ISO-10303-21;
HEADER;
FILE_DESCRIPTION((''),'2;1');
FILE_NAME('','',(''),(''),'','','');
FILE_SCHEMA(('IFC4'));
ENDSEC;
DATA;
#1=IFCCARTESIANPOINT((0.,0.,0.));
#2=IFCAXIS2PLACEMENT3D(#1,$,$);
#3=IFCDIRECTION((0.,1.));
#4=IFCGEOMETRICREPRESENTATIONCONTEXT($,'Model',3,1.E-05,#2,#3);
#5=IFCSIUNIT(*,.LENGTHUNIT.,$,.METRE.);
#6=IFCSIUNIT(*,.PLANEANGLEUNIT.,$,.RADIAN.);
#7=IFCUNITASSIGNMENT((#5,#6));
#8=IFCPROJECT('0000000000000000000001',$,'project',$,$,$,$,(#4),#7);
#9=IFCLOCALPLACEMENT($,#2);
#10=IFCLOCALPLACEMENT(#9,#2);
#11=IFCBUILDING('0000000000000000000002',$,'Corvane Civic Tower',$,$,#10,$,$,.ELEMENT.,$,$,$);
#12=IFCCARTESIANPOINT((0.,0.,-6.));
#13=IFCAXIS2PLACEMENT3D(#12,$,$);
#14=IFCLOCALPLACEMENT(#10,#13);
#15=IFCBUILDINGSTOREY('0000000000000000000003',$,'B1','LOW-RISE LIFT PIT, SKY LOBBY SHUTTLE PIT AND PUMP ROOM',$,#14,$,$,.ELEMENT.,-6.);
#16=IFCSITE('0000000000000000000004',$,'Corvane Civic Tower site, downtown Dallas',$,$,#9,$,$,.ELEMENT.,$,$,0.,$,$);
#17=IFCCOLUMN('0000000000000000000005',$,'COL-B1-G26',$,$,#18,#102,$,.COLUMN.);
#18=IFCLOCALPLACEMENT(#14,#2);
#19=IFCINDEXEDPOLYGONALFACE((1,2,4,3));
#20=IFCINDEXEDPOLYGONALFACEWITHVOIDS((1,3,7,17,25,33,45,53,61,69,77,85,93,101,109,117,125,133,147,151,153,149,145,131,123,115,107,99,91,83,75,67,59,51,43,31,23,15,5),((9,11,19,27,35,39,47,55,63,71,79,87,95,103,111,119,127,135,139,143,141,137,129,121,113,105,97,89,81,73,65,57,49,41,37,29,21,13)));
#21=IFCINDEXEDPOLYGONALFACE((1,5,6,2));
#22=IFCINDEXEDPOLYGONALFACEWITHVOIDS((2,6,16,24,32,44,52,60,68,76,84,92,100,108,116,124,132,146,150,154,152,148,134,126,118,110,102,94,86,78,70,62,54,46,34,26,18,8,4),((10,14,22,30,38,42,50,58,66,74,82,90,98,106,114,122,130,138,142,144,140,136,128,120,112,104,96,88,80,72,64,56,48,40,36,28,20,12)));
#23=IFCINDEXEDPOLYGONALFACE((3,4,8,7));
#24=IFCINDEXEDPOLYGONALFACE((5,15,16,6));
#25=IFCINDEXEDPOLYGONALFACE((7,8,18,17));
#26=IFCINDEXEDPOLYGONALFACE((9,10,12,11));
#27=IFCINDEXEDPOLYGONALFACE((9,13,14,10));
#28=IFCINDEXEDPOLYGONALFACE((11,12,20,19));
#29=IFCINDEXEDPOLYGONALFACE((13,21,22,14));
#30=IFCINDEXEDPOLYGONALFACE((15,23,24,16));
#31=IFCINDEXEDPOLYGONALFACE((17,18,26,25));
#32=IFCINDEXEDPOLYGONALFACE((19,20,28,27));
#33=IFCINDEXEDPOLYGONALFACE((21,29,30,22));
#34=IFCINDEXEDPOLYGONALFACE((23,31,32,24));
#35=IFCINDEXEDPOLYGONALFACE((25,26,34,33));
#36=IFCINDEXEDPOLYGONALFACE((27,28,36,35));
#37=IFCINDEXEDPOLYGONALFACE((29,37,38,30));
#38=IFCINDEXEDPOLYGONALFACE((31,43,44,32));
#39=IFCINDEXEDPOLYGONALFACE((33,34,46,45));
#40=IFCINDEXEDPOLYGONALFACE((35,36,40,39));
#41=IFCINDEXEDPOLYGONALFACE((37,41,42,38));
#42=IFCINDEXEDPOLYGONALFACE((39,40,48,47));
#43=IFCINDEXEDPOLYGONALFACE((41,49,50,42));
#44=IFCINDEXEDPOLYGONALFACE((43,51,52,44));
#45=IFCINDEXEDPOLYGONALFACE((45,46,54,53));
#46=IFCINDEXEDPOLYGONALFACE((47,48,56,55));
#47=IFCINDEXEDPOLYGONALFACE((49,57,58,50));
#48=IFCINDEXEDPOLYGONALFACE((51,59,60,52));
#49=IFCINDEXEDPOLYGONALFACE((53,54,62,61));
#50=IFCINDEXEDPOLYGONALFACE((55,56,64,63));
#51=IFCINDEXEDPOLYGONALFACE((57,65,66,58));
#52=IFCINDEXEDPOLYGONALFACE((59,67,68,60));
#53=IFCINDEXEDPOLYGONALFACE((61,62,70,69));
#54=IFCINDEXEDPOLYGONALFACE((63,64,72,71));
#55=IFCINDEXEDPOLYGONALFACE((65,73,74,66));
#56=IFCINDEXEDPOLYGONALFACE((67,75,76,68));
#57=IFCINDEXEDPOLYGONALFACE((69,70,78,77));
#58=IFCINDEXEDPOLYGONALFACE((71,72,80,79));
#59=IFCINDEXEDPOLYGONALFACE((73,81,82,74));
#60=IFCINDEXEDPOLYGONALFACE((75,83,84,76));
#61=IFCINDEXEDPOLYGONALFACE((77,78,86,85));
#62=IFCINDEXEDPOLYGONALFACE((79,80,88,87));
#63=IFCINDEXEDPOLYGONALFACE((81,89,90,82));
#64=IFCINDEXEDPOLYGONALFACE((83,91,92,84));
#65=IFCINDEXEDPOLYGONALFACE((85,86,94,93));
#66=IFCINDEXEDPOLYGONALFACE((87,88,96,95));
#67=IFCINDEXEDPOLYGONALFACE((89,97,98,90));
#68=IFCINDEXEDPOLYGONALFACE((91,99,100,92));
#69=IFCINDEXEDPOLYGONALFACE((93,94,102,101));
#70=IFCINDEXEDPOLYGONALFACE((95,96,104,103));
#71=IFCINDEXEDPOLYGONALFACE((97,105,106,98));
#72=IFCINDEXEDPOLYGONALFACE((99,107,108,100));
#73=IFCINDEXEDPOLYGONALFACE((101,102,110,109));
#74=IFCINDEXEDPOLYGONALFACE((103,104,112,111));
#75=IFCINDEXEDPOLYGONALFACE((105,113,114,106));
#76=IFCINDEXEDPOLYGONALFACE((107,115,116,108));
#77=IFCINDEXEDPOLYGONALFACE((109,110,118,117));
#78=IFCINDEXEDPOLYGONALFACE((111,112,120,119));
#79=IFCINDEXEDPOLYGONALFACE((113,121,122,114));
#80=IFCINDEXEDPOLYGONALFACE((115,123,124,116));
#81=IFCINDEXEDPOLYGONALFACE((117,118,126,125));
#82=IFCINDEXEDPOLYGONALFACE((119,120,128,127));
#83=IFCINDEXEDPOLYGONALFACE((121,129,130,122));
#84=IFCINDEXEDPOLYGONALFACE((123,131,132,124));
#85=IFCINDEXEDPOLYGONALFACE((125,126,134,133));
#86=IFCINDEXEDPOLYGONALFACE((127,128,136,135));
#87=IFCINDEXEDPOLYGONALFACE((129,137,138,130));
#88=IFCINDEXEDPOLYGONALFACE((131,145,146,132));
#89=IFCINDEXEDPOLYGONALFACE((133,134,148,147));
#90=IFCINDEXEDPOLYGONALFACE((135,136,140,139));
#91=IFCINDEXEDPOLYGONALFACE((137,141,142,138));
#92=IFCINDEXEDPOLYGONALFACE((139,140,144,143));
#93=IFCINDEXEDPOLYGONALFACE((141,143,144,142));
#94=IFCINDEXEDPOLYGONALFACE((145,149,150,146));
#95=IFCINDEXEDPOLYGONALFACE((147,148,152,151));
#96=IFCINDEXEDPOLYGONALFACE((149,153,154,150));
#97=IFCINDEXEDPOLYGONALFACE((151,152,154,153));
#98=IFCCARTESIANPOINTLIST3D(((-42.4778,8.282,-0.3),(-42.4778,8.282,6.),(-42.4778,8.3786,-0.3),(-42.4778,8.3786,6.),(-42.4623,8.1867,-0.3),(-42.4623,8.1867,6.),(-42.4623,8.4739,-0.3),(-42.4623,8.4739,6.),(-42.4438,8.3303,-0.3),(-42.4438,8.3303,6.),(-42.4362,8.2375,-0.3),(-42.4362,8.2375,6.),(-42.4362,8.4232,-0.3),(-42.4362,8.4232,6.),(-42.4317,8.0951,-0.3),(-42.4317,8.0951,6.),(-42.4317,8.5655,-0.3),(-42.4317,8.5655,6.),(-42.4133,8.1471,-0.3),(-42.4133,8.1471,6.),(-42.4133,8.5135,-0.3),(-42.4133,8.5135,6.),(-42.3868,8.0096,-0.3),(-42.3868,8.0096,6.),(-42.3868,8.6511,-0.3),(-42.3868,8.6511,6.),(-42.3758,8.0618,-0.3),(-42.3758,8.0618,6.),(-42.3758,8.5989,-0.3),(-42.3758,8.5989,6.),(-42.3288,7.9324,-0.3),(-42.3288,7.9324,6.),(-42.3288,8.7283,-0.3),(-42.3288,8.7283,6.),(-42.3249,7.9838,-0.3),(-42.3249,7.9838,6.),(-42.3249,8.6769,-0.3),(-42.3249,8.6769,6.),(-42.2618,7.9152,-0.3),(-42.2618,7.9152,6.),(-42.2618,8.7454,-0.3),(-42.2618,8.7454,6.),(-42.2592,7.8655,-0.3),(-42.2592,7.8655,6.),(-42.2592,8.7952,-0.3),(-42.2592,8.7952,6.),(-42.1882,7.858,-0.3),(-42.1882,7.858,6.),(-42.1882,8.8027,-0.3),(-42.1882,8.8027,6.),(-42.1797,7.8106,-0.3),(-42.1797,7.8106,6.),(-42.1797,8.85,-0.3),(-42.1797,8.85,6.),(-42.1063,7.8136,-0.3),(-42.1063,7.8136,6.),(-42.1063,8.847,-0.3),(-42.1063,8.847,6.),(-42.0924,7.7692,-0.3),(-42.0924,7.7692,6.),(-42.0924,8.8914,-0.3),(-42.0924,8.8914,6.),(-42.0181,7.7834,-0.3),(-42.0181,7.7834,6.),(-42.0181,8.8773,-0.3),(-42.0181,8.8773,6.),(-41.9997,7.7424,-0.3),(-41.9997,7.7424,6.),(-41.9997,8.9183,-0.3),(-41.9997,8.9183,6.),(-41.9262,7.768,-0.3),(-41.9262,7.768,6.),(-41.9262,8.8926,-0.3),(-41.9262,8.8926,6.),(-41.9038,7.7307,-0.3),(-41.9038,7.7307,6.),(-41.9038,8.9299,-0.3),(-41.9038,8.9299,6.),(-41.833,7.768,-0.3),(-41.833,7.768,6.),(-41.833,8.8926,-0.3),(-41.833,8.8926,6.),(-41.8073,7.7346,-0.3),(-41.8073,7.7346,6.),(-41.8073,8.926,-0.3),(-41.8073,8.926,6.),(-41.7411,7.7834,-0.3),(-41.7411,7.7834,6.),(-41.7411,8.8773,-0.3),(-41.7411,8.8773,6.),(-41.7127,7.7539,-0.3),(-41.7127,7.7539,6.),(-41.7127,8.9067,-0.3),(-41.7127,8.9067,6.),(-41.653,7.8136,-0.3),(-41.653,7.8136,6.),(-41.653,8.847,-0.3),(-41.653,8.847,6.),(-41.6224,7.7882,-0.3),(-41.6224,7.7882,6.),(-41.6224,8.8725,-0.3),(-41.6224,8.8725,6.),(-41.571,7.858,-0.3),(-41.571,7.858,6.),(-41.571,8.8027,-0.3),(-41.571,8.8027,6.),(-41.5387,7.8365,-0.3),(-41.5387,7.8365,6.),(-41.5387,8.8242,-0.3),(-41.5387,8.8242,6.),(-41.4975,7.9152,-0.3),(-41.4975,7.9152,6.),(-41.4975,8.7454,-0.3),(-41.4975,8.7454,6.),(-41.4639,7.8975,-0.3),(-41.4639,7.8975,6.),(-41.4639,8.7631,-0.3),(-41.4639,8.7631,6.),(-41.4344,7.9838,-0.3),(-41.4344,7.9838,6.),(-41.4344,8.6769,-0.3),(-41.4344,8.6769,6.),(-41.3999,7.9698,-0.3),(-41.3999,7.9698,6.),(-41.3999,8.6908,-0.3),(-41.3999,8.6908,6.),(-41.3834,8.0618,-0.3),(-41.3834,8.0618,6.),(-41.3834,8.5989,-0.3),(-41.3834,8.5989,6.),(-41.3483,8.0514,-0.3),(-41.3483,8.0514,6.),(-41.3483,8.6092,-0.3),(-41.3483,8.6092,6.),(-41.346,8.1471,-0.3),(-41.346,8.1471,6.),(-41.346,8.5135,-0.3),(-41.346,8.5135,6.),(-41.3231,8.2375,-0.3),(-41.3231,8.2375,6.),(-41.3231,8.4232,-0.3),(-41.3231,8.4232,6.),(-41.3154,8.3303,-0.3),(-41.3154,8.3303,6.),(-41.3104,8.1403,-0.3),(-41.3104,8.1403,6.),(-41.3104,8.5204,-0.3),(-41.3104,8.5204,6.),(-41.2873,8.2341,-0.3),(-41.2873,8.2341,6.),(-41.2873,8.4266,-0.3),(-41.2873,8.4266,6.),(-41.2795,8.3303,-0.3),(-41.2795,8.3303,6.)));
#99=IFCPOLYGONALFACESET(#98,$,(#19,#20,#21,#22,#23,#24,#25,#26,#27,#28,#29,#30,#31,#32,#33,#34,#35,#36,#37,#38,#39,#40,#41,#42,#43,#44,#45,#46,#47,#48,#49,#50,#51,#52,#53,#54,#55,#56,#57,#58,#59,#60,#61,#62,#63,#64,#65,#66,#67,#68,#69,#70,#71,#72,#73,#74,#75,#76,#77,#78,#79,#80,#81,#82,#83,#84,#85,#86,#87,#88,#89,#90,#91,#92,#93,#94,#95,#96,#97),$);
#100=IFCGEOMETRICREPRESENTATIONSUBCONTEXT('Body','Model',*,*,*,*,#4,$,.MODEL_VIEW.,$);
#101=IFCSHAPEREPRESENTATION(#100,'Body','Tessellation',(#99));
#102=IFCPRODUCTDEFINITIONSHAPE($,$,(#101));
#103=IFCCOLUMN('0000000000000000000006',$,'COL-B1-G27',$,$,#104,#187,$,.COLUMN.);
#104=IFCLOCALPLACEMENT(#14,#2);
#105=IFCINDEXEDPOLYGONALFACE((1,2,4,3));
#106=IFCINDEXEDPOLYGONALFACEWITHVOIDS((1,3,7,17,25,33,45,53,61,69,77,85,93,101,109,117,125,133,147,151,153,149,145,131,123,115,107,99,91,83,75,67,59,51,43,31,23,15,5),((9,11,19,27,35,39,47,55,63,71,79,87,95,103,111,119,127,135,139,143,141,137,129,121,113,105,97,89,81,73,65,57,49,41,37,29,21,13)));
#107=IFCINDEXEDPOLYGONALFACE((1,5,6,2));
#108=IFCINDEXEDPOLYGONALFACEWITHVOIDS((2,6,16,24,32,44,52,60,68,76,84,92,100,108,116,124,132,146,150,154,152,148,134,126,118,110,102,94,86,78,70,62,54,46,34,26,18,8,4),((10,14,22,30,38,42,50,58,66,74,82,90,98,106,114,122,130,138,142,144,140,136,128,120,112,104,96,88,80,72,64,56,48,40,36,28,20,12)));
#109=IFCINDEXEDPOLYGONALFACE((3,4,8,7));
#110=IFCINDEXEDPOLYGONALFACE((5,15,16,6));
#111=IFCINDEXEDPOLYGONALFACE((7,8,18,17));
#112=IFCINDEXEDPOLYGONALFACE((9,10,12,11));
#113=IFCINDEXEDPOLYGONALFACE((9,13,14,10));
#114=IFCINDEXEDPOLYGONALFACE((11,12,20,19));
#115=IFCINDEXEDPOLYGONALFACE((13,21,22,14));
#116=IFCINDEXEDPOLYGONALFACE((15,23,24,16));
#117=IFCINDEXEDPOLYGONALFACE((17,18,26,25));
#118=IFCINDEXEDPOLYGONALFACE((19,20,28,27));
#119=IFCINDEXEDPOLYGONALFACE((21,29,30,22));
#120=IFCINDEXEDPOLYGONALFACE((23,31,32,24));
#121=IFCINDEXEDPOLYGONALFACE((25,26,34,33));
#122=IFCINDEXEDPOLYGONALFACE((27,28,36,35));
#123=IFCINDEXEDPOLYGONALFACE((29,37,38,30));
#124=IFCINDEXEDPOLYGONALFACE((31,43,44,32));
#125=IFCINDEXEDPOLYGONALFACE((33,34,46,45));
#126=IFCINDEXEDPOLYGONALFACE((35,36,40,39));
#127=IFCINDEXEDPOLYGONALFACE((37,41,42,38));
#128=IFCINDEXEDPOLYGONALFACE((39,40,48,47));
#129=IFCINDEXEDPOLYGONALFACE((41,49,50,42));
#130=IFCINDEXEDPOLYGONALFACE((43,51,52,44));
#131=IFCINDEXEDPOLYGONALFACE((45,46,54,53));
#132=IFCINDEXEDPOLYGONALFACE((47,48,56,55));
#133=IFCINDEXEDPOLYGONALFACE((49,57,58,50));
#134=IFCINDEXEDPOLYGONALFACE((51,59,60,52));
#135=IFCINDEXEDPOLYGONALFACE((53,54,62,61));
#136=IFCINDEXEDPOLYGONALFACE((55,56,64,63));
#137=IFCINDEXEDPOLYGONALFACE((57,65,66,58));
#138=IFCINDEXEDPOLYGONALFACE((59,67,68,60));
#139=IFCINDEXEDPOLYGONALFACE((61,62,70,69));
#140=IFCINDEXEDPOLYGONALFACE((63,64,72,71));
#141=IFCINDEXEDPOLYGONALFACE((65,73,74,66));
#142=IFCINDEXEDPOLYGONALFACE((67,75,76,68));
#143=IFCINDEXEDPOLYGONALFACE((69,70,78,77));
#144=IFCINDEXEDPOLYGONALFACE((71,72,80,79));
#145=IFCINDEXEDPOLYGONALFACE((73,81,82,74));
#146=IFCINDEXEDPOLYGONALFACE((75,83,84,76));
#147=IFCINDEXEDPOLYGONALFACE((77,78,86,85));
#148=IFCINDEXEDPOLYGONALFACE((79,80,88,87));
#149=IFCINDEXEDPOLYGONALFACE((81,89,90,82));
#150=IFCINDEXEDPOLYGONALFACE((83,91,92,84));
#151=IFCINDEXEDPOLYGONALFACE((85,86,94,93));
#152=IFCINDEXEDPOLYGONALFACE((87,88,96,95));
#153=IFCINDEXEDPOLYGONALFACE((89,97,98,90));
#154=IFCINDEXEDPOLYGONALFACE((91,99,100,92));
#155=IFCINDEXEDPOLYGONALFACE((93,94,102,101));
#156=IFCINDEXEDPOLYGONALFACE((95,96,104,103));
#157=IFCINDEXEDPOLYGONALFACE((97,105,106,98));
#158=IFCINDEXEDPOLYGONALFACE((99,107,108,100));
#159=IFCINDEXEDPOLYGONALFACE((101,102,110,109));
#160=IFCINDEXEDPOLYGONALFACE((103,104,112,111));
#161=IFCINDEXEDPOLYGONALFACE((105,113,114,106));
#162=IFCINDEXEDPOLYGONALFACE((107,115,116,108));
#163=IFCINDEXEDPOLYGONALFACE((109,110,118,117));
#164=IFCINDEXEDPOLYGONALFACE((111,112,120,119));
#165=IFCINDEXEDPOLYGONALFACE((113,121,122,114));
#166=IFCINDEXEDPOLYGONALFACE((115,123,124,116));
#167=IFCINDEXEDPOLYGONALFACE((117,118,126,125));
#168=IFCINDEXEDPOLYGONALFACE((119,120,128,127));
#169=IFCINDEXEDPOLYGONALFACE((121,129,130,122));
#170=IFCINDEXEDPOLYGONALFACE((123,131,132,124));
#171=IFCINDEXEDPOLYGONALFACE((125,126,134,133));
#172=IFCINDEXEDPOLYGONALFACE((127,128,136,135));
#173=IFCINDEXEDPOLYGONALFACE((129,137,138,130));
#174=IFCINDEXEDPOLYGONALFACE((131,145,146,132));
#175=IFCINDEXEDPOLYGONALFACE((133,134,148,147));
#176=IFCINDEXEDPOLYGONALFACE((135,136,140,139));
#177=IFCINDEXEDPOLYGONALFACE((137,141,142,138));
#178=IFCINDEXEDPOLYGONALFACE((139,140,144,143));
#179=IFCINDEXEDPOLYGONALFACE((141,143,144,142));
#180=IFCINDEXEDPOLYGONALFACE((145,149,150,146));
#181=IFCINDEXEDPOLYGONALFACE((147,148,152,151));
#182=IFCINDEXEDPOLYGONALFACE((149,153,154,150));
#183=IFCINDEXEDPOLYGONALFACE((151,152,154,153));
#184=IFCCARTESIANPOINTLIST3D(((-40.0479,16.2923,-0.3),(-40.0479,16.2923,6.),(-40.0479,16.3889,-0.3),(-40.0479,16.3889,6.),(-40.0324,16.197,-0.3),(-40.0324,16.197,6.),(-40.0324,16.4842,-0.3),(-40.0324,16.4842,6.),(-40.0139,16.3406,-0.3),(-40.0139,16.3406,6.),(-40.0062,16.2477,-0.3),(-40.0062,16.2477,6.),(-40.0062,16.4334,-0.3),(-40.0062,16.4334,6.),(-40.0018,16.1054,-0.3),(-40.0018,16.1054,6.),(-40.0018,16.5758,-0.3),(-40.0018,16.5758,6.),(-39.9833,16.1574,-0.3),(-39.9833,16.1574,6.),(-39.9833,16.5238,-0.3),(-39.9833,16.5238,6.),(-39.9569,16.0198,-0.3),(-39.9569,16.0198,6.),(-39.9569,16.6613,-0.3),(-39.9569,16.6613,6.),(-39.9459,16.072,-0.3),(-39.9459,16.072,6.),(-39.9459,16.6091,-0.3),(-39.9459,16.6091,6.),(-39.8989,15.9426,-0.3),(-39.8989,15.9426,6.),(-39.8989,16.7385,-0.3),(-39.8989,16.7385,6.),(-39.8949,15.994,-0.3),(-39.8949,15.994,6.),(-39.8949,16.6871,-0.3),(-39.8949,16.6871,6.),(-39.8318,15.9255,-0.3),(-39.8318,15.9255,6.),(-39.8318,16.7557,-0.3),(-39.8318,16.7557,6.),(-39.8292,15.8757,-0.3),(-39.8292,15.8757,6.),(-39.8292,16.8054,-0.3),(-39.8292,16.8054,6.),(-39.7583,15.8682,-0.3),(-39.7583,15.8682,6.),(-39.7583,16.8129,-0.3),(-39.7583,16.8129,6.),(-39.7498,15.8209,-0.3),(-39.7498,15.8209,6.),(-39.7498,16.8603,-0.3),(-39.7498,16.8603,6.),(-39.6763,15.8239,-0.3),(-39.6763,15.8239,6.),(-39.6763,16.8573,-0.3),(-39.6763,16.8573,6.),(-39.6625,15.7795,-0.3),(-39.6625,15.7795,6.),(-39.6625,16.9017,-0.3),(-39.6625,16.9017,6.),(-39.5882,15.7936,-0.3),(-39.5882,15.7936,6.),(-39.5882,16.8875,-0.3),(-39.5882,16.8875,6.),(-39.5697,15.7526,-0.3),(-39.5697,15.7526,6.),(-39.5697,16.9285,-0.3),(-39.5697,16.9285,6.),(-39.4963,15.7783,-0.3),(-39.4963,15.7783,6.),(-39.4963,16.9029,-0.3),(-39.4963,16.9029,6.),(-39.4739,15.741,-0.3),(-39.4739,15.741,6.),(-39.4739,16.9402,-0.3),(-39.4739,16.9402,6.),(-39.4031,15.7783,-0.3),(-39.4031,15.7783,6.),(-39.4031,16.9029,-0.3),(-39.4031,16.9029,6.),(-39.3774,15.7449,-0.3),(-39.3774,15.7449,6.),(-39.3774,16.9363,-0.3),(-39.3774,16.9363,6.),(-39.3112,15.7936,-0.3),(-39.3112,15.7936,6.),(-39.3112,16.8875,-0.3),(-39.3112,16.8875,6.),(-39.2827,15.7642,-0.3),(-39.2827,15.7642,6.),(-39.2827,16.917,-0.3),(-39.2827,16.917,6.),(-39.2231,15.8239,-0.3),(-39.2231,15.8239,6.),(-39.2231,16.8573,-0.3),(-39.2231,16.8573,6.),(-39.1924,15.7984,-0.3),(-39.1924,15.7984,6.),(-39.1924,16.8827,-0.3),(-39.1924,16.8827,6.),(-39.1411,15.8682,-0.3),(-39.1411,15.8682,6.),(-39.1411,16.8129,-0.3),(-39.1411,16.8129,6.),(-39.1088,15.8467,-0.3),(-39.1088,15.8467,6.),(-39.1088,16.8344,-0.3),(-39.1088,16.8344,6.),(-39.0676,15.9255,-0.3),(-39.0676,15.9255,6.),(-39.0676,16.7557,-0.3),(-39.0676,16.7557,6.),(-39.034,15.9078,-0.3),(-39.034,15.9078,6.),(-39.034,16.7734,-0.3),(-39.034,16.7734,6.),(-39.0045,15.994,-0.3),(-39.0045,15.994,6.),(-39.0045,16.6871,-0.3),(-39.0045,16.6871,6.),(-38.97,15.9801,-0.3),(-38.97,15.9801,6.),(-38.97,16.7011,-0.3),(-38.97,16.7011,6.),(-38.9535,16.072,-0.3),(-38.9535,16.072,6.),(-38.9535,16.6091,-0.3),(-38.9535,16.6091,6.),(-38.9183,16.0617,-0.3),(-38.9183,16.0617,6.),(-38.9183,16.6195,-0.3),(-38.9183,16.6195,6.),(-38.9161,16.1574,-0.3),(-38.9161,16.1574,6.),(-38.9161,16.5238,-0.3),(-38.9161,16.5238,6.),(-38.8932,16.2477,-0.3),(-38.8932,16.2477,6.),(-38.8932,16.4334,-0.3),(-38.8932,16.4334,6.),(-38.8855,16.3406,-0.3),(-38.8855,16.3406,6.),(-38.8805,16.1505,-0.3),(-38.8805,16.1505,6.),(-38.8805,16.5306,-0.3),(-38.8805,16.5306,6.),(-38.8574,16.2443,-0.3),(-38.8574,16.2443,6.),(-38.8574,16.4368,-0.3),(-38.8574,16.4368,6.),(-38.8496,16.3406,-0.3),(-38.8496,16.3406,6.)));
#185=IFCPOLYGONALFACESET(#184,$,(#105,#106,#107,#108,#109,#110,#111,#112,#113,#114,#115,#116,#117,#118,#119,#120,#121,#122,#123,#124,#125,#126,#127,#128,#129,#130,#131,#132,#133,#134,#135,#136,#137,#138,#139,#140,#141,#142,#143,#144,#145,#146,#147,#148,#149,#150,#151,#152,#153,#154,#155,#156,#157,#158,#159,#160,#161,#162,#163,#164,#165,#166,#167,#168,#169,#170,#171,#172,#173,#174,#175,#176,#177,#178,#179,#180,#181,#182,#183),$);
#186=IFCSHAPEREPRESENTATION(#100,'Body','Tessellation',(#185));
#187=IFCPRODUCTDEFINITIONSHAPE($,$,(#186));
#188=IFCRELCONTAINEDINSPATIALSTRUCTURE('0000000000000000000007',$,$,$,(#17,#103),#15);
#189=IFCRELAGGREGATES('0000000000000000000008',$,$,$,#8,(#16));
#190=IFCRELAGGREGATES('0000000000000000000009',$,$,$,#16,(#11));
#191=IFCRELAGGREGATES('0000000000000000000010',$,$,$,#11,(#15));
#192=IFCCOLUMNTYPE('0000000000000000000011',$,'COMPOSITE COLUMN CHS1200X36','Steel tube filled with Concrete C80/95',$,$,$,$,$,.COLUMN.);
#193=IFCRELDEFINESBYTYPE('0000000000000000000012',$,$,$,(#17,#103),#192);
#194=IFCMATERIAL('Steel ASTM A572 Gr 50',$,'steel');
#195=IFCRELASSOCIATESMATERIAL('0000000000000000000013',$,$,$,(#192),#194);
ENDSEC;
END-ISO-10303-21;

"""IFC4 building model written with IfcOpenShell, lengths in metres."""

from ifc_helpers import new_model, si_unit, direction, frame, origin, origin_2d, place, context, subcontext, project, spatial, hollow_circle, extrude, material, material_profile, profile_set, type_object, element, save


model = new_model("IFC4")

# Units and contexts
model_context = context("Model", 3, precision=1e-05, world=origin(), true_north=direction((0.0, 1.0)))
body_context = subcontext(model_context, "Body", "Model", "MODEL_VIEW")
ifc_project = project(units=[si_unit("LENGTHUNIT", "METRE"), si_unit("PLANEANGLEUNIT", "RADIAN")], contexts=[model_context])

# Site, building, storey
site_placement = place(None, origin())
site = spatial("IfcSite", under=ifc_project, at=site_placement, Name="Corvane Civic Tower site, downtown Dallas", CompositionType="ELEMENT", RefElevation=0.0)
building_placement = place(site_placement, origin())
building = spatial("IfcBuilding", under=site, at=building_placement, Name="Corvane Civic Tower", CompositionType="ELEMENT")
storey_placement = place(building_placement, frame((0.0, 0.0, -6.0)))
storey = spatial("IfcBuildingStorey", under=building, at=storey_placement, Name="B1", Description="LOW-RISE LIFT PIT, SKY LOBBY SHUTTLE PIT AND PUMP ROOM", CompositionType="ELEMENT", Elevation=-6.0)

# Columns
ifc_material_1 = material(Name="Steel ASTM A572 Gr 50", Category="steel")
ifc_material_profile_1 = material_profile(ifc_material_1, hollow_circle(Radius=0.6001, WallThickness=0.0359, at=origin_2d()), Name="CHS1200X36")
ifc_profile_set_1 = profile_set([ifc_material_profile_1], Name="Steel ASTM A572 Gr 50")
column_type_1 = type_object("IfcColumnType", Name="COMPOSITE COLUMN CHS1200X36", Description="Steel tube filled with Concrete C80/95", PredefinedType="COLUMN", material=ifc_profile_set_1)
for number, where, z_axis, x_axis, name in (
    (1, (-41.8796, 8.3303, -0.3), (0.0, 0.0, 1.0), (1.0, 0.0, 0.0), "COL-B1-G26"),
    (2, (-39.4497, 16.3406, -0.3), (0.0, 0.0, 1.0), (1.0, 0.0, 0.0), "COL-B1-G27"),
):
    element("IfcColumn", number, at=place(storey_placement, frame(where, z_axis=z_axis, x_axis=x_axis)), inside=storey, type_object=column_type_1, Name=name, PredefinedType="COLUMN", context=body_context, shape_type="SweptSolid", body=[
        extrude(hollow_circle(Radius=0.6001, WallThickness=0.0359, at=origin_2d()), origin(), (0.0, 0.0, 1.0), 6.3),
    ])

save(model, "model.ifc")
